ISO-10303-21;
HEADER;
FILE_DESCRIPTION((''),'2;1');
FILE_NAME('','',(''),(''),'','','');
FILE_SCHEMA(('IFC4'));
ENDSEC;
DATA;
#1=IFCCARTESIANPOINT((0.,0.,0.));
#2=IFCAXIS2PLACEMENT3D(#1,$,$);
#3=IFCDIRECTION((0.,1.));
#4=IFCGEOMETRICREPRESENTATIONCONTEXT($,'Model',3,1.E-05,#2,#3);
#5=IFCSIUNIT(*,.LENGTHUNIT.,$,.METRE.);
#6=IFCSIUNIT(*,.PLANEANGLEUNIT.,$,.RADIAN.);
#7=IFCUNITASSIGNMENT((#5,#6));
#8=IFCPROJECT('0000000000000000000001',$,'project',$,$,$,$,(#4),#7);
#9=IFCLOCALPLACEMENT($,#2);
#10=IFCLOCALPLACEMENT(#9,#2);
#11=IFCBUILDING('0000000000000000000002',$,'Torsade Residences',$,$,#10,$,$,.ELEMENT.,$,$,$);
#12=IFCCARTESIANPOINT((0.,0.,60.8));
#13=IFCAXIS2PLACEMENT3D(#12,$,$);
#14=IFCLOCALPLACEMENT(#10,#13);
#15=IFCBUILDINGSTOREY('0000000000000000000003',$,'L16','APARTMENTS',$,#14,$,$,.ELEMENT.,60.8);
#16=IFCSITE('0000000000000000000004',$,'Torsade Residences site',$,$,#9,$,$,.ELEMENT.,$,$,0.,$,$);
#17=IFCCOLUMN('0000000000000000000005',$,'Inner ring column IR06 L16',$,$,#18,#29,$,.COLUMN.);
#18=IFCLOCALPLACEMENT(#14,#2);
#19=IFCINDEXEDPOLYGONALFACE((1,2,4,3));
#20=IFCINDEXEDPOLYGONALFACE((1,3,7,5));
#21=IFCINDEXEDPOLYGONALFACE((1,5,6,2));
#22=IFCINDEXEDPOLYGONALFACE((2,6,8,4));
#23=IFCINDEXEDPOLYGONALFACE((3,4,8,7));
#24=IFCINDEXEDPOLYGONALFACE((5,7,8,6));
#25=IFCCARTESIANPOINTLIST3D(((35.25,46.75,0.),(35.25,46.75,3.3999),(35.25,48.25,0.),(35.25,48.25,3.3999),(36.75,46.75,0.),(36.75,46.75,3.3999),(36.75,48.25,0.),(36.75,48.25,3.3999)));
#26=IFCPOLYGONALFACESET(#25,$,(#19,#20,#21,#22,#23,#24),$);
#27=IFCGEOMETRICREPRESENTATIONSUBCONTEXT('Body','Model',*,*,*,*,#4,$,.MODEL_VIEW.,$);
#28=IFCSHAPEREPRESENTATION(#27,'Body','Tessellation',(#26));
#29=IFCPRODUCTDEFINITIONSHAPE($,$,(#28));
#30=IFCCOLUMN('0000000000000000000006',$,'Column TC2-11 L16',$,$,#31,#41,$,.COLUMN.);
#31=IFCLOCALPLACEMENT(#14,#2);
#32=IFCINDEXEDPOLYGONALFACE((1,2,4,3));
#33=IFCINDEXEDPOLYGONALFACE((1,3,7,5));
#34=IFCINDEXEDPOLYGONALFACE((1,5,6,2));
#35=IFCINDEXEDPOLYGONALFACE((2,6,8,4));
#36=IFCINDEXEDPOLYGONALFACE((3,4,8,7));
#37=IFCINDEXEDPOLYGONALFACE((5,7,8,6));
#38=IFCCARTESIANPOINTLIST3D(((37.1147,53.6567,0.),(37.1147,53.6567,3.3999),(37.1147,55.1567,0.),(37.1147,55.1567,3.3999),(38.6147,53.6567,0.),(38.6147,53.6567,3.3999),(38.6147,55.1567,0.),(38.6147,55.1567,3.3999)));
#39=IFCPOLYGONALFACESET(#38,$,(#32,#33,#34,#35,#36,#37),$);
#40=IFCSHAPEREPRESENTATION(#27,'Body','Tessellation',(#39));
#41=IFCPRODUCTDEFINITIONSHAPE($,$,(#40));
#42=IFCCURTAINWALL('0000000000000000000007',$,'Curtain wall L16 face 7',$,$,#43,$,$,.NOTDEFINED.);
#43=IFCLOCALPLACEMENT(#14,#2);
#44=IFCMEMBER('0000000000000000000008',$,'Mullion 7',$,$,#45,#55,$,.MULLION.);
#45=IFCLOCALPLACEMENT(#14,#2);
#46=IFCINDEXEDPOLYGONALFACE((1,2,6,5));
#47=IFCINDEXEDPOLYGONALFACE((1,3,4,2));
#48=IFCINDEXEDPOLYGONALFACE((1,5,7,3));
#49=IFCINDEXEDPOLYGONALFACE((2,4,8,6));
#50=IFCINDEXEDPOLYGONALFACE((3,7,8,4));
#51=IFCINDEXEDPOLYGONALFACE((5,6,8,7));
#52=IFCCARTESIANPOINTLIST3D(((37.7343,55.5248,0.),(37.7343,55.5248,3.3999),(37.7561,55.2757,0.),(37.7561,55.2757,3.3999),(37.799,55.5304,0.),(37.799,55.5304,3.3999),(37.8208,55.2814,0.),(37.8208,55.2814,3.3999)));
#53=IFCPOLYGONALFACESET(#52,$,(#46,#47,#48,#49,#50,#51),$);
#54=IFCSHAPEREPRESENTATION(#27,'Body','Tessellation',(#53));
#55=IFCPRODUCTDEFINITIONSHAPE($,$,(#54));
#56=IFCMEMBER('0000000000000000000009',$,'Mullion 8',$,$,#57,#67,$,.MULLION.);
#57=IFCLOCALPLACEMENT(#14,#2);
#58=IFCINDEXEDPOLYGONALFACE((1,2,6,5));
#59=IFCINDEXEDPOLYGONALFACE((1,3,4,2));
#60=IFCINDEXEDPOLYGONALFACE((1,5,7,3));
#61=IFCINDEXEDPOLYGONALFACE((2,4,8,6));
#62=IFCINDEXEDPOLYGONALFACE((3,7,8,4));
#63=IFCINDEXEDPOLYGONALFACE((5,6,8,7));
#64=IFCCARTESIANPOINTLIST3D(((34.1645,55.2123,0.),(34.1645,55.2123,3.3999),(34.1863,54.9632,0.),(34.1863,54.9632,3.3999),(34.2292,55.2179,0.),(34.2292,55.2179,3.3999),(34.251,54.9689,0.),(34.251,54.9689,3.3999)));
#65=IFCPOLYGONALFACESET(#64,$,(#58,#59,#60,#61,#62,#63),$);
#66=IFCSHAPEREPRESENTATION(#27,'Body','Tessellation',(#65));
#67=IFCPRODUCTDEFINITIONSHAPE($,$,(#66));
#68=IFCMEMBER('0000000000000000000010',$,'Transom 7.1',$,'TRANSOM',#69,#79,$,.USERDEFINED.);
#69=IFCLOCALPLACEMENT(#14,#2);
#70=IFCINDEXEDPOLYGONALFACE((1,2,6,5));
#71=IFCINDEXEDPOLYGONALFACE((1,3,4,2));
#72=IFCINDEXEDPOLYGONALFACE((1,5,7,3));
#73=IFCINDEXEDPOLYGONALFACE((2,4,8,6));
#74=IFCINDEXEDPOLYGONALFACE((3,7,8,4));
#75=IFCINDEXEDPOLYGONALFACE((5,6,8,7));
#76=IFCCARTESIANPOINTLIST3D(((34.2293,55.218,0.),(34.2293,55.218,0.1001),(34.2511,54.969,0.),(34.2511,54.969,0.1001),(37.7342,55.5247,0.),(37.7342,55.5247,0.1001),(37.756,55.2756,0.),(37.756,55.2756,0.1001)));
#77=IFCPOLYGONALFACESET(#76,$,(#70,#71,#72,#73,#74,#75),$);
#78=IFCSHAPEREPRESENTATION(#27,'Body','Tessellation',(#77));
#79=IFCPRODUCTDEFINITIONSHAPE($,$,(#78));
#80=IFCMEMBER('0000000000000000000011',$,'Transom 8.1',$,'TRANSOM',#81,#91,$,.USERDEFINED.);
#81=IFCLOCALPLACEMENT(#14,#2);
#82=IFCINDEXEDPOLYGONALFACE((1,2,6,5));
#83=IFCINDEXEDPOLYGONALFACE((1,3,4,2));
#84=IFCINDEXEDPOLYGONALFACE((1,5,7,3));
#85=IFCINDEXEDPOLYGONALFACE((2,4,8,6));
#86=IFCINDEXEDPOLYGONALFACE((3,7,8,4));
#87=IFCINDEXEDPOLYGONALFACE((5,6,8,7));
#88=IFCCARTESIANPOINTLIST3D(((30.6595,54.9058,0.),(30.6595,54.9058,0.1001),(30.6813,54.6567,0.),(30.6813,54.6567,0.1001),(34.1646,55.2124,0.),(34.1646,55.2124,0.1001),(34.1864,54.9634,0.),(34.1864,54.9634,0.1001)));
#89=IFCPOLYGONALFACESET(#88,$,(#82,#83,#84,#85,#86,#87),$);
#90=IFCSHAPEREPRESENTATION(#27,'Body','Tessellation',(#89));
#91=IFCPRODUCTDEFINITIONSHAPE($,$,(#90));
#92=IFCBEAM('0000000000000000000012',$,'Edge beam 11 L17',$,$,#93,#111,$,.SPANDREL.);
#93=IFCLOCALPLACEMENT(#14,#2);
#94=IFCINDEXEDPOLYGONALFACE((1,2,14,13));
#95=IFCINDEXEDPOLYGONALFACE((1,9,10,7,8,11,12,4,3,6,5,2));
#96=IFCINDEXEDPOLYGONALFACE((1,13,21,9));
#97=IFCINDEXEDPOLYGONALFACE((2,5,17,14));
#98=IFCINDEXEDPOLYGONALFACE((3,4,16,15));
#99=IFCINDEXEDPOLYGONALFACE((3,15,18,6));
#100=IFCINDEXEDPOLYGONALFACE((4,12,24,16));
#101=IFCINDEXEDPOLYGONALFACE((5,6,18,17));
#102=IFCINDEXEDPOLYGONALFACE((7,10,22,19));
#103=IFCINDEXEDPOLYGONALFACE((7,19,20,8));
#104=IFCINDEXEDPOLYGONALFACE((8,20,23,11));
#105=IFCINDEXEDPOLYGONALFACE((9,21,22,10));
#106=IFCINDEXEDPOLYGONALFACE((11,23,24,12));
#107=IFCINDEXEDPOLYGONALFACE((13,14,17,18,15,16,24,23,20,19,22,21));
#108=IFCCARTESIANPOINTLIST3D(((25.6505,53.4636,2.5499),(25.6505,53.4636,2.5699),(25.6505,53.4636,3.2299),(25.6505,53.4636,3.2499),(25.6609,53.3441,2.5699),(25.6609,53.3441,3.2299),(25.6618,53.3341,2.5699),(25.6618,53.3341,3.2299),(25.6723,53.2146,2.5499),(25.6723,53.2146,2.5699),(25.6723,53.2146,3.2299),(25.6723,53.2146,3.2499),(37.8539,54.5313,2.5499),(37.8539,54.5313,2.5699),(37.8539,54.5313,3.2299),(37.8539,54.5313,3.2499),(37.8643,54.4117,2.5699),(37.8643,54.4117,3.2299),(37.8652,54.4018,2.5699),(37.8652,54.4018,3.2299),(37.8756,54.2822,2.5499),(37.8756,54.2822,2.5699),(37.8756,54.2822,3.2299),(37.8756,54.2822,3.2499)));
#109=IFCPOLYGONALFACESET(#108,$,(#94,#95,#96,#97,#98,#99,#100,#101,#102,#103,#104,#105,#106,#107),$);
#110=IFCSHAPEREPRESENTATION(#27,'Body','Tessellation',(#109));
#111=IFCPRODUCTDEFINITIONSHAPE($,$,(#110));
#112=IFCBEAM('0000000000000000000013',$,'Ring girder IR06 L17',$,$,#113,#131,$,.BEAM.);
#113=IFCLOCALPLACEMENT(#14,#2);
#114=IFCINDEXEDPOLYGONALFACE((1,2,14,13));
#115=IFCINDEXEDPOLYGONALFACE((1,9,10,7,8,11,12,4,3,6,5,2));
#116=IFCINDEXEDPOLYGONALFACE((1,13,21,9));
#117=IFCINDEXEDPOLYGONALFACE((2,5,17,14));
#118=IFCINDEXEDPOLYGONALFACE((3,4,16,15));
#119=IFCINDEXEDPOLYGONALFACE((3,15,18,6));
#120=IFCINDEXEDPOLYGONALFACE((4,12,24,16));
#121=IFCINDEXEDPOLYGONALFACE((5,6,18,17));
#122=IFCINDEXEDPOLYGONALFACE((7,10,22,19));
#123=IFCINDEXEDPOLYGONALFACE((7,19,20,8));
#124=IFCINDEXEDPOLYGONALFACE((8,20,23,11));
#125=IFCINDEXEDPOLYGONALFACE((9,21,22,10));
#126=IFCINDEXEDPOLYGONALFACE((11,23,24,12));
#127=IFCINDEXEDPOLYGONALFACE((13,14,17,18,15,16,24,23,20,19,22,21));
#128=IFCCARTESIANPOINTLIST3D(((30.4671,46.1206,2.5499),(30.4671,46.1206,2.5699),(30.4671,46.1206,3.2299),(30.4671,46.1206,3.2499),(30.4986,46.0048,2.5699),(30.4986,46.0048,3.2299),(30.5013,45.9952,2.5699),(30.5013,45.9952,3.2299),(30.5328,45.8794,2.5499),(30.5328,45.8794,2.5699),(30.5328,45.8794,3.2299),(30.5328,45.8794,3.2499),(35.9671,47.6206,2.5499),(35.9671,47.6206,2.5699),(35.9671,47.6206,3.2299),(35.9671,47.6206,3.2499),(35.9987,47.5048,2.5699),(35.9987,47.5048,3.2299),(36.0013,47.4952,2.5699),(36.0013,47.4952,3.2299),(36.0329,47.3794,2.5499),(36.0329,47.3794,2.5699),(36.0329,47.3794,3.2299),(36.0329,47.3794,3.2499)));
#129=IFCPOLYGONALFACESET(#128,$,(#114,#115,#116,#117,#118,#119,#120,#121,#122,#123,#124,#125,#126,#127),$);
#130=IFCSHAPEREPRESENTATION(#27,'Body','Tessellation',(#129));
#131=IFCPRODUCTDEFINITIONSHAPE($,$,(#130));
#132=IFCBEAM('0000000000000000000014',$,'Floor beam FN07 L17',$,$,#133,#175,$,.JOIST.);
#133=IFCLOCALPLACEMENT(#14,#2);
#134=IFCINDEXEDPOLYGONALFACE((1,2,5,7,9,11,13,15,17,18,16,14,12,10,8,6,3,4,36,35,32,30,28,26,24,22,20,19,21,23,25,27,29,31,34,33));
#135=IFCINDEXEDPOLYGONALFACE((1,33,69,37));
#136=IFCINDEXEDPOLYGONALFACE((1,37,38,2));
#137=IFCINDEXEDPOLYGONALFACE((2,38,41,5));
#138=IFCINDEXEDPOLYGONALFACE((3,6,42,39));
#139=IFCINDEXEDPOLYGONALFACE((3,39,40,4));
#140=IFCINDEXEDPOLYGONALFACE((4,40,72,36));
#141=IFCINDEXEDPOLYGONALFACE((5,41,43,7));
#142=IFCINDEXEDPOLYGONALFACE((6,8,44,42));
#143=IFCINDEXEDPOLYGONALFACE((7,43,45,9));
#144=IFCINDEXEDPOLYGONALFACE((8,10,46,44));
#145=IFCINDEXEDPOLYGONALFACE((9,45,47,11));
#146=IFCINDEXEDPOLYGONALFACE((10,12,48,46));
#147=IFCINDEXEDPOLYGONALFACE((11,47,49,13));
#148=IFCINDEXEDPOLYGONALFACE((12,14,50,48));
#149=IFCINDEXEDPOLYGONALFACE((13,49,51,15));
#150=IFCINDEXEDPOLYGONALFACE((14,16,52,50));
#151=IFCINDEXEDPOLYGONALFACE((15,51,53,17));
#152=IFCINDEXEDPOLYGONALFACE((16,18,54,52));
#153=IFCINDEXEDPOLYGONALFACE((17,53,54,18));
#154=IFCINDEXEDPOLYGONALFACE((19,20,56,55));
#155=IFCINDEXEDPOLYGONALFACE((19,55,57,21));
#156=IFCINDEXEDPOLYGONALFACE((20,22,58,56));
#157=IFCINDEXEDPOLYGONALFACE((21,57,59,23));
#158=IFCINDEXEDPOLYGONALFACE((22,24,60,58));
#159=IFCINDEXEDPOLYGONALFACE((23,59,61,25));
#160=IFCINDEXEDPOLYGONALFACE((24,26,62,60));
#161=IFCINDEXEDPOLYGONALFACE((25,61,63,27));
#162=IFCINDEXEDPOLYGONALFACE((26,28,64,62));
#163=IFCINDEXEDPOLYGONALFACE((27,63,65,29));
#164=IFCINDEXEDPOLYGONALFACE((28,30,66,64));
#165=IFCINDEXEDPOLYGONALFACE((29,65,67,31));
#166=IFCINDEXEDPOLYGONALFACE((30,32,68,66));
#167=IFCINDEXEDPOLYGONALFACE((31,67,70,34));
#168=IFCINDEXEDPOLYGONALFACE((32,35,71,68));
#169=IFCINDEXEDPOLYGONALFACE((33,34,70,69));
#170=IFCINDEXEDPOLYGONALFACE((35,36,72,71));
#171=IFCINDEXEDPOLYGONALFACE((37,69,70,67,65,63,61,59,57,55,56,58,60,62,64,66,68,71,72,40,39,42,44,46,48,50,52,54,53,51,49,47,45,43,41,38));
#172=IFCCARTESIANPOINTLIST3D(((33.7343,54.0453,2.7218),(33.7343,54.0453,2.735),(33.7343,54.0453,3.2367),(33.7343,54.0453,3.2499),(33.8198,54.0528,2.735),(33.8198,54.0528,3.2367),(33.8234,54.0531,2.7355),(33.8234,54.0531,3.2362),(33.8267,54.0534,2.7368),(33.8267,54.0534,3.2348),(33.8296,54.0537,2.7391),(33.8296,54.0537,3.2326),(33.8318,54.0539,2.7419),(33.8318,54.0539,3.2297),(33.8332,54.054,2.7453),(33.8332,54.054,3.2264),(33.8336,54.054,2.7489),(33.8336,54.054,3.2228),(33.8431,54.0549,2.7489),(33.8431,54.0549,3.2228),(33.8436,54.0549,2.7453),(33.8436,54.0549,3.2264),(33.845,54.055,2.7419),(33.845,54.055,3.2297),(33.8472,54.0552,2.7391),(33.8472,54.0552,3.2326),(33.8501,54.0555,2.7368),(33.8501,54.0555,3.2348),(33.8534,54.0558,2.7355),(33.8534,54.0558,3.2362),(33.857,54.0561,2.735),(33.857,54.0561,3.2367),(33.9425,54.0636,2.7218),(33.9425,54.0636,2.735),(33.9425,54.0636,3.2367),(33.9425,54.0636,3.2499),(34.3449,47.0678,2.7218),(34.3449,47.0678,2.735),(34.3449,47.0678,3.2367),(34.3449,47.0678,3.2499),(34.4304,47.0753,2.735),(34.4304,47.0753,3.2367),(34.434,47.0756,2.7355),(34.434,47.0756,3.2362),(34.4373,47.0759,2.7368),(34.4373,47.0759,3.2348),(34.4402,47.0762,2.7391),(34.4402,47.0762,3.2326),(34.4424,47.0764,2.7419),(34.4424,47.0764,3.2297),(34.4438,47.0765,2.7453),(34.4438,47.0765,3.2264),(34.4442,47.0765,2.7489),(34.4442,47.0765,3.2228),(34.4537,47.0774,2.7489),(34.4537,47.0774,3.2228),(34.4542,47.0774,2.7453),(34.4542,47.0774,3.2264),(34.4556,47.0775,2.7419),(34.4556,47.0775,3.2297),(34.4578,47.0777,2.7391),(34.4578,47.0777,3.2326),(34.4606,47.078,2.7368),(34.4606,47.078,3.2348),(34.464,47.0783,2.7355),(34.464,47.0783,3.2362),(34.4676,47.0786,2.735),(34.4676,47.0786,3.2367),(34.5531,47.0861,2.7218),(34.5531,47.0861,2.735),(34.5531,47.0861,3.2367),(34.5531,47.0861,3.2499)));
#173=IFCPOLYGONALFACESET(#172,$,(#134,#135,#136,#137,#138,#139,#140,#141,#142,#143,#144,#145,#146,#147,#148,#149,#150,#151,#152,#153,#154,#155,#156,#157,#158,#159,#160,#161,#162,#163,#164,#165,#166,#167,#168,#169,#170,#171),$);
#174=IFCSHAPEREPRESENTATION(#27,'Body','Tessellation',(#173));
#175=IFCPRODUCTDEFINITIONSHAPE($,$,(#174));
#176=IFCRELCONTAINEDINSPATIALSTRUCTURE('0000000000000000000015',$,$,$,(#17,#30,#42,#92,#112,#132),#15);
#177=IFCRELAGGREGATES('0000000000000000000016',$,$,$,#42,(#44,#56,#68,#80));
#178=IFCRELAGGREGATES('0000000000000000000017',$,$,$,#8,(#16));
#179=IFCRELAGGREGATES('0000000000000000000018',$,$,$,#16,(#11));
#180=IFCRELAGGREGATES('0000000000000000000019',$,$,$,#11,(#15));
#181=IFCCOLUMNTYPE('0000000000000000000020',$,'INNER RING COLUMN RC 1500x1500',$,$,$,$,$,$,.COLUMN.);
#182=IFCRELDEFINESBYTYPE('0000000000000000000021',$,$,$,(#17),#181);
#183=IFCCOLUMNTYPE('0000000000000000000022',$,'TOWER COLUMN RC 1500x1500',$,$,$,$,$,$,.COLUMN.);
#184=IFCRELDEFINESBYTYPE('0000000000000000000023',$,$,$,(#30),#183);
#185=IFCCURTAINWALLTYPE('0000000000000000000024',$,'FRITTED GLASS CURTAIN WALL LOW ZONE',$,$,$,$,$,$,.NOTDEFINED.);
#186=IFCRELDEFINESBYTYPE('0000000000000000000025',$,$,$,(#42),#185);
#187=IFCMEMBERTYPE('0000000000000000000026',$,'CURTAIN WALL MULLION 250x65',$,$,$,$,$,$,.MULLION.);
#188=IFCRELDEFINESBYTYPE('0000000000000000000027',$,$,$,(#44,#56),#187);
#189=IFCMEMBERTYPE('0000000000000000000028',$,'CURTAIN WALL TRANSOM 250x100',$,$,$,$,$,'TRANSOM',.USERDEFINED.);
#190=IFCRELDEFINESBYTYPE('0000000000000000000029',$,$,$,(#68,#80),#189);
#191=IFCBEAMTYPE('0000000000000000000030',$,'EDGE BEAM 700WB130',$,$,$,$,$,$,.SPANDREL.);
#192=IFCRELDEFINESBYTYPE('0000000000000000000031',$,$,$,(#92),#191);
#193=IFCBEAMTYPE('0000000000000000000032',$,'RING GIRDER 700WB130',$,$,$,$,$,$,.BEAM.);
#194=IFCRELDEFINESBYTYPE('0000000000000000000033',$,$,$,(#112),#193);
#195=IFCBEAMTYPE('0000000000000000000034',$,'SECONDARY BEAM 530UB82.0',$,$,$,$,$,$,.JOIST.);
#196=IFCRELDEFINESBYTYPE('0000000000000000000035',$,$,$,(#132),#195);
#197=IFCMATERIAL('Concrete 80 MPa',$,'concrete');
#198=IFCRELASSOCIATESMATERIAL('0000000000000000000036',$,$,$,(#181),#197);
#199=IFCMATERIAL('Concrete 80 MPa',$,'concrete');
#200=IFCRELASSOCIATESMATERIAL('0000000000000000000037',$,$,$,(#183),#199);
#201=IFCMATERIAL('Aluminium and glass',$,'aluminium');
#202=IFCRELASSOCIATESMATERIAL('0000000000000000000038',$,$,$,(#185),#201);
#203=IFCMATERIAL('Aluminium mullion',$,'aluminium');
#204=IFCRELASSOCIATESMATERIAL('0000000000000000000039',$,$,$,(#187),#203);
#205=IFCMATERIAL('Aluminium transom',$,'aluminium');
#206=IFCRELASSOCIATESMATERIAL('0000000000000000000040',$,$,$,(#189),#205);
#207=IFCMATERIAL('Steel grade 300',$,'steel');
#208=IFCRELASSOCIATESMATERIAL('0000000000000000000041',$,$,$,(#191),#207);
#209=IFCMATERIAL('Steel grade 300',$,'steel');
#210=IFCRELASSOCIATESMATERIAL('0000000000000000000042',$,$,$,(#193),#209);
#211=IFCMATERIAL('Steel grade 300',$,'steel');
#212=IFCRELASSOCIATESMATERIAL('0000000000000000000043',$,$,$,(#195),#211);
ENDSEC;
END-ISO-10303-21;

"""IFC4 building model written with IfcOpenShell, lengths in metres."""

from ifc_helpers import new_model, si_unit, direction, frame, origin, origin_2d, place, context, subcontext, project, spatial, rectangle, i_section, extrude, material, material_profile, profile_set, type_object, element, aggregate, save


model = new_model("IFC4")

# Units and contexts
model_context = context("Model", 3, precision=1e-05, world=origin(), true_north=direction((0.0, 1.0)))
body_context = subcontext(model_context, "Body", "Model", "MODEL_VIEW")
ifc_project = project(units=[si_unit("LENGTHUNIT", "METRE"), si_unit("PLANEANGLEUNIT", "RADIAN")], contexts=[model_context])

# Site, building, storey
site_placement = place(None, origin())
site = spatial("IfcSite", under=ifc_project, at=site_placement, Name="Torsade Residences site", CompositionType="ELEMENT", RefElevation=0.0)
building_placement = place(site_placement, origin())
building = spatial("IfcBuilding", under=site, at=building_placement, Name="Torsade Residences", CompositionType="ELEMENT")
storey_placement = place(building_placement, frame((0.0, 0.0, 60.8)))
storey = spatial("IfcBuildingStorey", under=building, at=storey_placement, Name="L16", Description="APARTMENTS", CompositionType="ELEMENT", Elevation=60.8)

# Columns
ifc_material_1 = material(Name="Concrete 80 MPa", Category="concrete")
ifc_material_profile_1 = material_profile(ifc_material_1, rectangle(XDim=1.5, YDim=1.5, at=origin_2d()), Name="RC 1500x1500")
ifc_profile_set_1 = profile_set([ifc_material_profile_1], Name="Concrete 80 MPa")
column_type_1 = type_object("IfcColumnType", Name="INNER RING COLUMN RC 1500x1500", PredefinedType="COLUMN", material=ifc_profile_set_1)
column_1_placement = place(storey_placement, frame((36.0, 47.5, 0.0), z_axis=(0.0, 0.0, 1.0), x_axis=(1.0, 0.0, 0.0)))
element("IfcColumn", 1, at=column_1_placement, inside=storey, type_object=column_type_1, Name="Inner ring column IR06 L16", PredefinedType="COLUMN", context=body_context, shape_type="SweptSolid", body=[
    extrude(rectangle(XDim=1.5, YDim=1.5, at=origin_2d()), origin(), (0.0, 0.0, 1.0), 3.3999),
])
ifc_material_2 = material(Name="Concrete 80 MPa", Category="concrete")
ifc_material_profile_2 = material_profile(ifc_material_2, rectangle(XDim=1.5, YDim=1.5, at=origin_2d()), Name="RC 1500x1500")
ifc_profile_set_2 = profile_set([ifc_material_profile_2], Name="Concrete 80 MPa")
column_type_2 = type_object("IfcColumnType", Name="TOWER COLUMN RC 1500x1500", PredefinedType="COLUMN", material=ifc_profile_set_2)
column_2_placement = place(storey_placement, frame((37.8647, 54.4067, 0.0), z_axis=(0.0, 0.0, 1.0), x_axis=(1.0, 0.0, 0.0)))
element("IfcColumn", 2, at=column_2_placement, inside=storey, type_object=column_type_2, Name="Column TC2-11 L16", PredefinedType="COLUMN", context=body_context, shape_type="SweptSolid", body=[
    extrude(rectangle(XDim=1.5, YDim=1.5, at=origin_2d()), origin(), (0.0, 0.0, 1.0), 3.3999),
])

# Curtain wall, members
ifc_material_3 = material(Name="Aluminium and glass", Category="aluminium")
curtain_wall_type = type_object("IfcCurtainWallType", Name="FRITTED GLASS CURTAIN WALL LOW ZONE", PredefinedType="NOTDEFINED", material=ifc_material_3)
curtain_wall_placement = place(storey_placement, origin())
curtain_wall = element("IfcCurtainWall", 3, at=curtain_wall_placement, inside=storey, type_object=curtain_wall_type, Name="Curtain wall L16 face 7", PredefinedType="NOTDEFINED")
ifc_material_4 = material(Name="Aluminium mullion", Category="aluminium")
ifc_material_profile_3 = material_profile(ifc_material_4, rectangle(XDim=0.25, YDim=0.0649, at=origin_2d()), Name="CURTAIN WALL MULLION 250x65")
ifc_profile_set_3 = profile_set([ifc_material_profile_3], Name="Aluminium mullion")
member_type_1 = type_object("IfcMemberType", Name="CURTAIN WALL MULLION 250x65", PredefinedType="MULLION", material=ifc_profile_set_3)
member_1_placement = place(storey_placement, frame((37.7776, 55.4031, 0.0), z_axis=(0.0, 0.0, 1.0), x_axis=(0.087156, -0.996195, 0.0)))
member_1 = element("IfcMember", 4, at=member_1_placement, type_object=member_type_1, Name="Mullion 7", PredefinedType="MULLION", context=body_context, shape_type="SweptSolid", body=[
    extrude(rectangle(XDim=0.25, YDim=0.0649, at=origin_2d()), origin(), (0.0, 0.0, 1.0), 3.3999),
])
member_2_placement = place(storey_placement, frame((34.2078, 55.0906, 0.0), z_axis=(0.0, 0.0, 1.0), x_axis=(0.087156, -0.996195, 0.0)))
member_2 = element("IfcMember", 5, at=member_2_placement, type_object=member_type_1, Name="Mullion 8", PredefinedType="MULLION", context=body_context, shape_type="SweptSolid", body=[
    extrude(rectangle(XDim=0.25, YDim=0.0649, at=origin_2d()), origin(), (0.0, 0.0, 1.0), 3.3999),
])
ifc_material_5 = material(Name="Aluminium transom", Category="aluminium")
ifc_material_profile_4 = material_profile(ifc_material_5, rectangle(XDim=0.25, YDim=0.1001, at=origin_2d()), Name="CURTAIN WALL TRANSOM 250x100")
ifc_profile_set_4 = profile_set([ifc_material_profile_4], Name="Aluminium transom")
member_type_2 = type_object("IfcMemberType", Name="CURTAIN WALL TRANSOM 250x100", ElementType="TRANSOM", PredefinedType="USERDEFINED", material=ifc_profile_set_4)
member_3_placement = place(storey_placement, frame((37.7451, 55.4001, 0.05), z_axis=(-0.996195, -0.087157, 0.0), x_axis=(0.087157, -0.996195, 0.0)))
member_3 = element("IfcMember", 6, at=member_3_placement, type_object=member_type_2, Name="Transom 7.1", ObjectType="TRANSOM", PredefinedType="USERDEFINED", context=body_context, shape_type="SweptSolid", body=[
    extrude(rectangle(XDim=0.25, YDim=0.1001, at=origin_2d()), origin(), (0.0, 0.0, 1.0), 3.5183),
])
member_4_placement = place(storey_placement, frame((34.1755, 55.0879, 0.05), z_axis=(-0.996195, -0.087151, 0.0), x_axis=(0.087151, -0.996195, 0.0)))
member_4 = element("IfcMember", 7, at=member_4_placement, type_object=member_type_2, Name="Transom 8.1", ObjectType="TRANSOM", PredefinedType="USERDEFINED", context=body_context, shape_type="SweptSolid", body=[
    extrude(rectangle(XDim=0.25, YDim=0.1001, at=origin_2d()), origin(), (0.0, 0.0, 1.0), 3.5186),
])

# Beams
ifc_material_6 = material(Name="Steel grade 300", Category="steel")
ifc_material_profile_5 = material_profile(ifc_material_6, i_section(OverallWidth=0.25, OverallDepth=0.7, WebThickness=0.01, FlangeThickness=0.02, at=origin_2d()), Name="700WB130")
ifc_profile_set_5 = profile_set([ifc_material_profile_5], Name="Steel grade 300")
beam_type_1 = type_object("IfcBeamType", Name="EDGE BEAM 700WB130", PredefinedType="SPANDREL", material=ifc_profile_set_5)
beam_1_placement = place(storey_placement, frame((37.8647, 54.4067, 2.8999), z_axis=(-0.996195, -0.087153, 0.0), x_axis=(0.087153, -0.996195, 0.0)))
element("IfcBeam", 8, at=beam_1_placement, inside=storey, type_object=beam_type_1, Name="Edge beam 11 L17", PredefinedType="SPANDREL", context=body_context, shape_type="SweptSolid", body=[
    extrude(i_section(OverallWidth=0.25, OverallDepth=0.7, WebThickness=0.01, FlangeThickness=0.02, at=origin_2d()), origin(), (0.0, 0.0, 1.0), 12.25),
])
ifc_material_7 = material(Name="Steel grade 300", Category="steel")
ifc_material_profile_6 = material_profile(ifc_material_7, i_section(OverallWidth=0.25, OverallDepth=0.7, WebThickness=0.01, FlangeThickness=0.02, at=origin_2d()), Name="700WB130")
ifc_profile_set_6 = profile_set([ifc_material_profile_6], Name="Steel grade 300")
beam_type_2 = type_object("IfcBeamType", Name="RING GIRDER 700WB130", PredefinedType="BEAM", material=ifc_profile_set_6)
beam_2_placement = place(storey_placement, frame((36.0, 47.5, 2.8999), z_axis=(-0.964764, -0.263117, 0.0), x_axis=(0.263117, -0.964764, 0.0)))
element("IfcBeam", 9, at=beam_2_placement, inside=storey, type_object=beam_type_2, Name="Ring girder IR06 L17", PredefinedType="BEAM", context=body_context, shape_type="SweptSolid", body=[
    extrude(i_section(OverallWidth=0.25, OverallDepth=0.7, WebThickness=0.01, FlangeThickness=0.02, at=origin_2d()), origin(), (0.0, 0.0, 1.0), 5.7009),
])
ifc_material_8 = material(Name="Steel grade 300", Category="steel")
ifc_material_profile_7 = material_profile(ifc_material_8, i_section(OverallWidth=0.209, OverallDepth=0.5281, WebThickness=0.0095, FlangeThickness=0.0132, FilletRadius=0.0139, at=origin_2d()), Name="530UB82.0")
ifc_profile_set_7 = profile_set([ifc_material_profile_7], Name="Steel grade 300")
beam_type_3 = type_object("IfcBeamType", Name="SECONDARY BEAM 530UB82.0", PredefinedType="JOIST", material=ifc_profile_set_7)
beam_3_placement = place(storey_placement, frame((33.8384, 54.0544, 2.9858), z_axis=(0.087176, -0.996193, 0.0), x_axis=(0.996193, 0.087176, 0.0)))
element("IfcBeam", 10, at=beam_3_placement, inside=storey, type_object=beam_type_3, Name="Floor beam FN07 L17", PredefinedType="JOIST", context=body_context, shape_type="SweptSolid", body=[
    extrude(i_section(OverallWidth=0.209, OverallDepth=0.5281, WebThickness=0.0095, FlangeThickness=0.0132, FilletRadius=0.0139, at=origin_2d()), origin(), (0.0, 0.0, 1.0), 7.0042),
])

aggregate(curtain_wall, [member_1, member_2, member_3, member_4])

save(model, "model.ifc")
